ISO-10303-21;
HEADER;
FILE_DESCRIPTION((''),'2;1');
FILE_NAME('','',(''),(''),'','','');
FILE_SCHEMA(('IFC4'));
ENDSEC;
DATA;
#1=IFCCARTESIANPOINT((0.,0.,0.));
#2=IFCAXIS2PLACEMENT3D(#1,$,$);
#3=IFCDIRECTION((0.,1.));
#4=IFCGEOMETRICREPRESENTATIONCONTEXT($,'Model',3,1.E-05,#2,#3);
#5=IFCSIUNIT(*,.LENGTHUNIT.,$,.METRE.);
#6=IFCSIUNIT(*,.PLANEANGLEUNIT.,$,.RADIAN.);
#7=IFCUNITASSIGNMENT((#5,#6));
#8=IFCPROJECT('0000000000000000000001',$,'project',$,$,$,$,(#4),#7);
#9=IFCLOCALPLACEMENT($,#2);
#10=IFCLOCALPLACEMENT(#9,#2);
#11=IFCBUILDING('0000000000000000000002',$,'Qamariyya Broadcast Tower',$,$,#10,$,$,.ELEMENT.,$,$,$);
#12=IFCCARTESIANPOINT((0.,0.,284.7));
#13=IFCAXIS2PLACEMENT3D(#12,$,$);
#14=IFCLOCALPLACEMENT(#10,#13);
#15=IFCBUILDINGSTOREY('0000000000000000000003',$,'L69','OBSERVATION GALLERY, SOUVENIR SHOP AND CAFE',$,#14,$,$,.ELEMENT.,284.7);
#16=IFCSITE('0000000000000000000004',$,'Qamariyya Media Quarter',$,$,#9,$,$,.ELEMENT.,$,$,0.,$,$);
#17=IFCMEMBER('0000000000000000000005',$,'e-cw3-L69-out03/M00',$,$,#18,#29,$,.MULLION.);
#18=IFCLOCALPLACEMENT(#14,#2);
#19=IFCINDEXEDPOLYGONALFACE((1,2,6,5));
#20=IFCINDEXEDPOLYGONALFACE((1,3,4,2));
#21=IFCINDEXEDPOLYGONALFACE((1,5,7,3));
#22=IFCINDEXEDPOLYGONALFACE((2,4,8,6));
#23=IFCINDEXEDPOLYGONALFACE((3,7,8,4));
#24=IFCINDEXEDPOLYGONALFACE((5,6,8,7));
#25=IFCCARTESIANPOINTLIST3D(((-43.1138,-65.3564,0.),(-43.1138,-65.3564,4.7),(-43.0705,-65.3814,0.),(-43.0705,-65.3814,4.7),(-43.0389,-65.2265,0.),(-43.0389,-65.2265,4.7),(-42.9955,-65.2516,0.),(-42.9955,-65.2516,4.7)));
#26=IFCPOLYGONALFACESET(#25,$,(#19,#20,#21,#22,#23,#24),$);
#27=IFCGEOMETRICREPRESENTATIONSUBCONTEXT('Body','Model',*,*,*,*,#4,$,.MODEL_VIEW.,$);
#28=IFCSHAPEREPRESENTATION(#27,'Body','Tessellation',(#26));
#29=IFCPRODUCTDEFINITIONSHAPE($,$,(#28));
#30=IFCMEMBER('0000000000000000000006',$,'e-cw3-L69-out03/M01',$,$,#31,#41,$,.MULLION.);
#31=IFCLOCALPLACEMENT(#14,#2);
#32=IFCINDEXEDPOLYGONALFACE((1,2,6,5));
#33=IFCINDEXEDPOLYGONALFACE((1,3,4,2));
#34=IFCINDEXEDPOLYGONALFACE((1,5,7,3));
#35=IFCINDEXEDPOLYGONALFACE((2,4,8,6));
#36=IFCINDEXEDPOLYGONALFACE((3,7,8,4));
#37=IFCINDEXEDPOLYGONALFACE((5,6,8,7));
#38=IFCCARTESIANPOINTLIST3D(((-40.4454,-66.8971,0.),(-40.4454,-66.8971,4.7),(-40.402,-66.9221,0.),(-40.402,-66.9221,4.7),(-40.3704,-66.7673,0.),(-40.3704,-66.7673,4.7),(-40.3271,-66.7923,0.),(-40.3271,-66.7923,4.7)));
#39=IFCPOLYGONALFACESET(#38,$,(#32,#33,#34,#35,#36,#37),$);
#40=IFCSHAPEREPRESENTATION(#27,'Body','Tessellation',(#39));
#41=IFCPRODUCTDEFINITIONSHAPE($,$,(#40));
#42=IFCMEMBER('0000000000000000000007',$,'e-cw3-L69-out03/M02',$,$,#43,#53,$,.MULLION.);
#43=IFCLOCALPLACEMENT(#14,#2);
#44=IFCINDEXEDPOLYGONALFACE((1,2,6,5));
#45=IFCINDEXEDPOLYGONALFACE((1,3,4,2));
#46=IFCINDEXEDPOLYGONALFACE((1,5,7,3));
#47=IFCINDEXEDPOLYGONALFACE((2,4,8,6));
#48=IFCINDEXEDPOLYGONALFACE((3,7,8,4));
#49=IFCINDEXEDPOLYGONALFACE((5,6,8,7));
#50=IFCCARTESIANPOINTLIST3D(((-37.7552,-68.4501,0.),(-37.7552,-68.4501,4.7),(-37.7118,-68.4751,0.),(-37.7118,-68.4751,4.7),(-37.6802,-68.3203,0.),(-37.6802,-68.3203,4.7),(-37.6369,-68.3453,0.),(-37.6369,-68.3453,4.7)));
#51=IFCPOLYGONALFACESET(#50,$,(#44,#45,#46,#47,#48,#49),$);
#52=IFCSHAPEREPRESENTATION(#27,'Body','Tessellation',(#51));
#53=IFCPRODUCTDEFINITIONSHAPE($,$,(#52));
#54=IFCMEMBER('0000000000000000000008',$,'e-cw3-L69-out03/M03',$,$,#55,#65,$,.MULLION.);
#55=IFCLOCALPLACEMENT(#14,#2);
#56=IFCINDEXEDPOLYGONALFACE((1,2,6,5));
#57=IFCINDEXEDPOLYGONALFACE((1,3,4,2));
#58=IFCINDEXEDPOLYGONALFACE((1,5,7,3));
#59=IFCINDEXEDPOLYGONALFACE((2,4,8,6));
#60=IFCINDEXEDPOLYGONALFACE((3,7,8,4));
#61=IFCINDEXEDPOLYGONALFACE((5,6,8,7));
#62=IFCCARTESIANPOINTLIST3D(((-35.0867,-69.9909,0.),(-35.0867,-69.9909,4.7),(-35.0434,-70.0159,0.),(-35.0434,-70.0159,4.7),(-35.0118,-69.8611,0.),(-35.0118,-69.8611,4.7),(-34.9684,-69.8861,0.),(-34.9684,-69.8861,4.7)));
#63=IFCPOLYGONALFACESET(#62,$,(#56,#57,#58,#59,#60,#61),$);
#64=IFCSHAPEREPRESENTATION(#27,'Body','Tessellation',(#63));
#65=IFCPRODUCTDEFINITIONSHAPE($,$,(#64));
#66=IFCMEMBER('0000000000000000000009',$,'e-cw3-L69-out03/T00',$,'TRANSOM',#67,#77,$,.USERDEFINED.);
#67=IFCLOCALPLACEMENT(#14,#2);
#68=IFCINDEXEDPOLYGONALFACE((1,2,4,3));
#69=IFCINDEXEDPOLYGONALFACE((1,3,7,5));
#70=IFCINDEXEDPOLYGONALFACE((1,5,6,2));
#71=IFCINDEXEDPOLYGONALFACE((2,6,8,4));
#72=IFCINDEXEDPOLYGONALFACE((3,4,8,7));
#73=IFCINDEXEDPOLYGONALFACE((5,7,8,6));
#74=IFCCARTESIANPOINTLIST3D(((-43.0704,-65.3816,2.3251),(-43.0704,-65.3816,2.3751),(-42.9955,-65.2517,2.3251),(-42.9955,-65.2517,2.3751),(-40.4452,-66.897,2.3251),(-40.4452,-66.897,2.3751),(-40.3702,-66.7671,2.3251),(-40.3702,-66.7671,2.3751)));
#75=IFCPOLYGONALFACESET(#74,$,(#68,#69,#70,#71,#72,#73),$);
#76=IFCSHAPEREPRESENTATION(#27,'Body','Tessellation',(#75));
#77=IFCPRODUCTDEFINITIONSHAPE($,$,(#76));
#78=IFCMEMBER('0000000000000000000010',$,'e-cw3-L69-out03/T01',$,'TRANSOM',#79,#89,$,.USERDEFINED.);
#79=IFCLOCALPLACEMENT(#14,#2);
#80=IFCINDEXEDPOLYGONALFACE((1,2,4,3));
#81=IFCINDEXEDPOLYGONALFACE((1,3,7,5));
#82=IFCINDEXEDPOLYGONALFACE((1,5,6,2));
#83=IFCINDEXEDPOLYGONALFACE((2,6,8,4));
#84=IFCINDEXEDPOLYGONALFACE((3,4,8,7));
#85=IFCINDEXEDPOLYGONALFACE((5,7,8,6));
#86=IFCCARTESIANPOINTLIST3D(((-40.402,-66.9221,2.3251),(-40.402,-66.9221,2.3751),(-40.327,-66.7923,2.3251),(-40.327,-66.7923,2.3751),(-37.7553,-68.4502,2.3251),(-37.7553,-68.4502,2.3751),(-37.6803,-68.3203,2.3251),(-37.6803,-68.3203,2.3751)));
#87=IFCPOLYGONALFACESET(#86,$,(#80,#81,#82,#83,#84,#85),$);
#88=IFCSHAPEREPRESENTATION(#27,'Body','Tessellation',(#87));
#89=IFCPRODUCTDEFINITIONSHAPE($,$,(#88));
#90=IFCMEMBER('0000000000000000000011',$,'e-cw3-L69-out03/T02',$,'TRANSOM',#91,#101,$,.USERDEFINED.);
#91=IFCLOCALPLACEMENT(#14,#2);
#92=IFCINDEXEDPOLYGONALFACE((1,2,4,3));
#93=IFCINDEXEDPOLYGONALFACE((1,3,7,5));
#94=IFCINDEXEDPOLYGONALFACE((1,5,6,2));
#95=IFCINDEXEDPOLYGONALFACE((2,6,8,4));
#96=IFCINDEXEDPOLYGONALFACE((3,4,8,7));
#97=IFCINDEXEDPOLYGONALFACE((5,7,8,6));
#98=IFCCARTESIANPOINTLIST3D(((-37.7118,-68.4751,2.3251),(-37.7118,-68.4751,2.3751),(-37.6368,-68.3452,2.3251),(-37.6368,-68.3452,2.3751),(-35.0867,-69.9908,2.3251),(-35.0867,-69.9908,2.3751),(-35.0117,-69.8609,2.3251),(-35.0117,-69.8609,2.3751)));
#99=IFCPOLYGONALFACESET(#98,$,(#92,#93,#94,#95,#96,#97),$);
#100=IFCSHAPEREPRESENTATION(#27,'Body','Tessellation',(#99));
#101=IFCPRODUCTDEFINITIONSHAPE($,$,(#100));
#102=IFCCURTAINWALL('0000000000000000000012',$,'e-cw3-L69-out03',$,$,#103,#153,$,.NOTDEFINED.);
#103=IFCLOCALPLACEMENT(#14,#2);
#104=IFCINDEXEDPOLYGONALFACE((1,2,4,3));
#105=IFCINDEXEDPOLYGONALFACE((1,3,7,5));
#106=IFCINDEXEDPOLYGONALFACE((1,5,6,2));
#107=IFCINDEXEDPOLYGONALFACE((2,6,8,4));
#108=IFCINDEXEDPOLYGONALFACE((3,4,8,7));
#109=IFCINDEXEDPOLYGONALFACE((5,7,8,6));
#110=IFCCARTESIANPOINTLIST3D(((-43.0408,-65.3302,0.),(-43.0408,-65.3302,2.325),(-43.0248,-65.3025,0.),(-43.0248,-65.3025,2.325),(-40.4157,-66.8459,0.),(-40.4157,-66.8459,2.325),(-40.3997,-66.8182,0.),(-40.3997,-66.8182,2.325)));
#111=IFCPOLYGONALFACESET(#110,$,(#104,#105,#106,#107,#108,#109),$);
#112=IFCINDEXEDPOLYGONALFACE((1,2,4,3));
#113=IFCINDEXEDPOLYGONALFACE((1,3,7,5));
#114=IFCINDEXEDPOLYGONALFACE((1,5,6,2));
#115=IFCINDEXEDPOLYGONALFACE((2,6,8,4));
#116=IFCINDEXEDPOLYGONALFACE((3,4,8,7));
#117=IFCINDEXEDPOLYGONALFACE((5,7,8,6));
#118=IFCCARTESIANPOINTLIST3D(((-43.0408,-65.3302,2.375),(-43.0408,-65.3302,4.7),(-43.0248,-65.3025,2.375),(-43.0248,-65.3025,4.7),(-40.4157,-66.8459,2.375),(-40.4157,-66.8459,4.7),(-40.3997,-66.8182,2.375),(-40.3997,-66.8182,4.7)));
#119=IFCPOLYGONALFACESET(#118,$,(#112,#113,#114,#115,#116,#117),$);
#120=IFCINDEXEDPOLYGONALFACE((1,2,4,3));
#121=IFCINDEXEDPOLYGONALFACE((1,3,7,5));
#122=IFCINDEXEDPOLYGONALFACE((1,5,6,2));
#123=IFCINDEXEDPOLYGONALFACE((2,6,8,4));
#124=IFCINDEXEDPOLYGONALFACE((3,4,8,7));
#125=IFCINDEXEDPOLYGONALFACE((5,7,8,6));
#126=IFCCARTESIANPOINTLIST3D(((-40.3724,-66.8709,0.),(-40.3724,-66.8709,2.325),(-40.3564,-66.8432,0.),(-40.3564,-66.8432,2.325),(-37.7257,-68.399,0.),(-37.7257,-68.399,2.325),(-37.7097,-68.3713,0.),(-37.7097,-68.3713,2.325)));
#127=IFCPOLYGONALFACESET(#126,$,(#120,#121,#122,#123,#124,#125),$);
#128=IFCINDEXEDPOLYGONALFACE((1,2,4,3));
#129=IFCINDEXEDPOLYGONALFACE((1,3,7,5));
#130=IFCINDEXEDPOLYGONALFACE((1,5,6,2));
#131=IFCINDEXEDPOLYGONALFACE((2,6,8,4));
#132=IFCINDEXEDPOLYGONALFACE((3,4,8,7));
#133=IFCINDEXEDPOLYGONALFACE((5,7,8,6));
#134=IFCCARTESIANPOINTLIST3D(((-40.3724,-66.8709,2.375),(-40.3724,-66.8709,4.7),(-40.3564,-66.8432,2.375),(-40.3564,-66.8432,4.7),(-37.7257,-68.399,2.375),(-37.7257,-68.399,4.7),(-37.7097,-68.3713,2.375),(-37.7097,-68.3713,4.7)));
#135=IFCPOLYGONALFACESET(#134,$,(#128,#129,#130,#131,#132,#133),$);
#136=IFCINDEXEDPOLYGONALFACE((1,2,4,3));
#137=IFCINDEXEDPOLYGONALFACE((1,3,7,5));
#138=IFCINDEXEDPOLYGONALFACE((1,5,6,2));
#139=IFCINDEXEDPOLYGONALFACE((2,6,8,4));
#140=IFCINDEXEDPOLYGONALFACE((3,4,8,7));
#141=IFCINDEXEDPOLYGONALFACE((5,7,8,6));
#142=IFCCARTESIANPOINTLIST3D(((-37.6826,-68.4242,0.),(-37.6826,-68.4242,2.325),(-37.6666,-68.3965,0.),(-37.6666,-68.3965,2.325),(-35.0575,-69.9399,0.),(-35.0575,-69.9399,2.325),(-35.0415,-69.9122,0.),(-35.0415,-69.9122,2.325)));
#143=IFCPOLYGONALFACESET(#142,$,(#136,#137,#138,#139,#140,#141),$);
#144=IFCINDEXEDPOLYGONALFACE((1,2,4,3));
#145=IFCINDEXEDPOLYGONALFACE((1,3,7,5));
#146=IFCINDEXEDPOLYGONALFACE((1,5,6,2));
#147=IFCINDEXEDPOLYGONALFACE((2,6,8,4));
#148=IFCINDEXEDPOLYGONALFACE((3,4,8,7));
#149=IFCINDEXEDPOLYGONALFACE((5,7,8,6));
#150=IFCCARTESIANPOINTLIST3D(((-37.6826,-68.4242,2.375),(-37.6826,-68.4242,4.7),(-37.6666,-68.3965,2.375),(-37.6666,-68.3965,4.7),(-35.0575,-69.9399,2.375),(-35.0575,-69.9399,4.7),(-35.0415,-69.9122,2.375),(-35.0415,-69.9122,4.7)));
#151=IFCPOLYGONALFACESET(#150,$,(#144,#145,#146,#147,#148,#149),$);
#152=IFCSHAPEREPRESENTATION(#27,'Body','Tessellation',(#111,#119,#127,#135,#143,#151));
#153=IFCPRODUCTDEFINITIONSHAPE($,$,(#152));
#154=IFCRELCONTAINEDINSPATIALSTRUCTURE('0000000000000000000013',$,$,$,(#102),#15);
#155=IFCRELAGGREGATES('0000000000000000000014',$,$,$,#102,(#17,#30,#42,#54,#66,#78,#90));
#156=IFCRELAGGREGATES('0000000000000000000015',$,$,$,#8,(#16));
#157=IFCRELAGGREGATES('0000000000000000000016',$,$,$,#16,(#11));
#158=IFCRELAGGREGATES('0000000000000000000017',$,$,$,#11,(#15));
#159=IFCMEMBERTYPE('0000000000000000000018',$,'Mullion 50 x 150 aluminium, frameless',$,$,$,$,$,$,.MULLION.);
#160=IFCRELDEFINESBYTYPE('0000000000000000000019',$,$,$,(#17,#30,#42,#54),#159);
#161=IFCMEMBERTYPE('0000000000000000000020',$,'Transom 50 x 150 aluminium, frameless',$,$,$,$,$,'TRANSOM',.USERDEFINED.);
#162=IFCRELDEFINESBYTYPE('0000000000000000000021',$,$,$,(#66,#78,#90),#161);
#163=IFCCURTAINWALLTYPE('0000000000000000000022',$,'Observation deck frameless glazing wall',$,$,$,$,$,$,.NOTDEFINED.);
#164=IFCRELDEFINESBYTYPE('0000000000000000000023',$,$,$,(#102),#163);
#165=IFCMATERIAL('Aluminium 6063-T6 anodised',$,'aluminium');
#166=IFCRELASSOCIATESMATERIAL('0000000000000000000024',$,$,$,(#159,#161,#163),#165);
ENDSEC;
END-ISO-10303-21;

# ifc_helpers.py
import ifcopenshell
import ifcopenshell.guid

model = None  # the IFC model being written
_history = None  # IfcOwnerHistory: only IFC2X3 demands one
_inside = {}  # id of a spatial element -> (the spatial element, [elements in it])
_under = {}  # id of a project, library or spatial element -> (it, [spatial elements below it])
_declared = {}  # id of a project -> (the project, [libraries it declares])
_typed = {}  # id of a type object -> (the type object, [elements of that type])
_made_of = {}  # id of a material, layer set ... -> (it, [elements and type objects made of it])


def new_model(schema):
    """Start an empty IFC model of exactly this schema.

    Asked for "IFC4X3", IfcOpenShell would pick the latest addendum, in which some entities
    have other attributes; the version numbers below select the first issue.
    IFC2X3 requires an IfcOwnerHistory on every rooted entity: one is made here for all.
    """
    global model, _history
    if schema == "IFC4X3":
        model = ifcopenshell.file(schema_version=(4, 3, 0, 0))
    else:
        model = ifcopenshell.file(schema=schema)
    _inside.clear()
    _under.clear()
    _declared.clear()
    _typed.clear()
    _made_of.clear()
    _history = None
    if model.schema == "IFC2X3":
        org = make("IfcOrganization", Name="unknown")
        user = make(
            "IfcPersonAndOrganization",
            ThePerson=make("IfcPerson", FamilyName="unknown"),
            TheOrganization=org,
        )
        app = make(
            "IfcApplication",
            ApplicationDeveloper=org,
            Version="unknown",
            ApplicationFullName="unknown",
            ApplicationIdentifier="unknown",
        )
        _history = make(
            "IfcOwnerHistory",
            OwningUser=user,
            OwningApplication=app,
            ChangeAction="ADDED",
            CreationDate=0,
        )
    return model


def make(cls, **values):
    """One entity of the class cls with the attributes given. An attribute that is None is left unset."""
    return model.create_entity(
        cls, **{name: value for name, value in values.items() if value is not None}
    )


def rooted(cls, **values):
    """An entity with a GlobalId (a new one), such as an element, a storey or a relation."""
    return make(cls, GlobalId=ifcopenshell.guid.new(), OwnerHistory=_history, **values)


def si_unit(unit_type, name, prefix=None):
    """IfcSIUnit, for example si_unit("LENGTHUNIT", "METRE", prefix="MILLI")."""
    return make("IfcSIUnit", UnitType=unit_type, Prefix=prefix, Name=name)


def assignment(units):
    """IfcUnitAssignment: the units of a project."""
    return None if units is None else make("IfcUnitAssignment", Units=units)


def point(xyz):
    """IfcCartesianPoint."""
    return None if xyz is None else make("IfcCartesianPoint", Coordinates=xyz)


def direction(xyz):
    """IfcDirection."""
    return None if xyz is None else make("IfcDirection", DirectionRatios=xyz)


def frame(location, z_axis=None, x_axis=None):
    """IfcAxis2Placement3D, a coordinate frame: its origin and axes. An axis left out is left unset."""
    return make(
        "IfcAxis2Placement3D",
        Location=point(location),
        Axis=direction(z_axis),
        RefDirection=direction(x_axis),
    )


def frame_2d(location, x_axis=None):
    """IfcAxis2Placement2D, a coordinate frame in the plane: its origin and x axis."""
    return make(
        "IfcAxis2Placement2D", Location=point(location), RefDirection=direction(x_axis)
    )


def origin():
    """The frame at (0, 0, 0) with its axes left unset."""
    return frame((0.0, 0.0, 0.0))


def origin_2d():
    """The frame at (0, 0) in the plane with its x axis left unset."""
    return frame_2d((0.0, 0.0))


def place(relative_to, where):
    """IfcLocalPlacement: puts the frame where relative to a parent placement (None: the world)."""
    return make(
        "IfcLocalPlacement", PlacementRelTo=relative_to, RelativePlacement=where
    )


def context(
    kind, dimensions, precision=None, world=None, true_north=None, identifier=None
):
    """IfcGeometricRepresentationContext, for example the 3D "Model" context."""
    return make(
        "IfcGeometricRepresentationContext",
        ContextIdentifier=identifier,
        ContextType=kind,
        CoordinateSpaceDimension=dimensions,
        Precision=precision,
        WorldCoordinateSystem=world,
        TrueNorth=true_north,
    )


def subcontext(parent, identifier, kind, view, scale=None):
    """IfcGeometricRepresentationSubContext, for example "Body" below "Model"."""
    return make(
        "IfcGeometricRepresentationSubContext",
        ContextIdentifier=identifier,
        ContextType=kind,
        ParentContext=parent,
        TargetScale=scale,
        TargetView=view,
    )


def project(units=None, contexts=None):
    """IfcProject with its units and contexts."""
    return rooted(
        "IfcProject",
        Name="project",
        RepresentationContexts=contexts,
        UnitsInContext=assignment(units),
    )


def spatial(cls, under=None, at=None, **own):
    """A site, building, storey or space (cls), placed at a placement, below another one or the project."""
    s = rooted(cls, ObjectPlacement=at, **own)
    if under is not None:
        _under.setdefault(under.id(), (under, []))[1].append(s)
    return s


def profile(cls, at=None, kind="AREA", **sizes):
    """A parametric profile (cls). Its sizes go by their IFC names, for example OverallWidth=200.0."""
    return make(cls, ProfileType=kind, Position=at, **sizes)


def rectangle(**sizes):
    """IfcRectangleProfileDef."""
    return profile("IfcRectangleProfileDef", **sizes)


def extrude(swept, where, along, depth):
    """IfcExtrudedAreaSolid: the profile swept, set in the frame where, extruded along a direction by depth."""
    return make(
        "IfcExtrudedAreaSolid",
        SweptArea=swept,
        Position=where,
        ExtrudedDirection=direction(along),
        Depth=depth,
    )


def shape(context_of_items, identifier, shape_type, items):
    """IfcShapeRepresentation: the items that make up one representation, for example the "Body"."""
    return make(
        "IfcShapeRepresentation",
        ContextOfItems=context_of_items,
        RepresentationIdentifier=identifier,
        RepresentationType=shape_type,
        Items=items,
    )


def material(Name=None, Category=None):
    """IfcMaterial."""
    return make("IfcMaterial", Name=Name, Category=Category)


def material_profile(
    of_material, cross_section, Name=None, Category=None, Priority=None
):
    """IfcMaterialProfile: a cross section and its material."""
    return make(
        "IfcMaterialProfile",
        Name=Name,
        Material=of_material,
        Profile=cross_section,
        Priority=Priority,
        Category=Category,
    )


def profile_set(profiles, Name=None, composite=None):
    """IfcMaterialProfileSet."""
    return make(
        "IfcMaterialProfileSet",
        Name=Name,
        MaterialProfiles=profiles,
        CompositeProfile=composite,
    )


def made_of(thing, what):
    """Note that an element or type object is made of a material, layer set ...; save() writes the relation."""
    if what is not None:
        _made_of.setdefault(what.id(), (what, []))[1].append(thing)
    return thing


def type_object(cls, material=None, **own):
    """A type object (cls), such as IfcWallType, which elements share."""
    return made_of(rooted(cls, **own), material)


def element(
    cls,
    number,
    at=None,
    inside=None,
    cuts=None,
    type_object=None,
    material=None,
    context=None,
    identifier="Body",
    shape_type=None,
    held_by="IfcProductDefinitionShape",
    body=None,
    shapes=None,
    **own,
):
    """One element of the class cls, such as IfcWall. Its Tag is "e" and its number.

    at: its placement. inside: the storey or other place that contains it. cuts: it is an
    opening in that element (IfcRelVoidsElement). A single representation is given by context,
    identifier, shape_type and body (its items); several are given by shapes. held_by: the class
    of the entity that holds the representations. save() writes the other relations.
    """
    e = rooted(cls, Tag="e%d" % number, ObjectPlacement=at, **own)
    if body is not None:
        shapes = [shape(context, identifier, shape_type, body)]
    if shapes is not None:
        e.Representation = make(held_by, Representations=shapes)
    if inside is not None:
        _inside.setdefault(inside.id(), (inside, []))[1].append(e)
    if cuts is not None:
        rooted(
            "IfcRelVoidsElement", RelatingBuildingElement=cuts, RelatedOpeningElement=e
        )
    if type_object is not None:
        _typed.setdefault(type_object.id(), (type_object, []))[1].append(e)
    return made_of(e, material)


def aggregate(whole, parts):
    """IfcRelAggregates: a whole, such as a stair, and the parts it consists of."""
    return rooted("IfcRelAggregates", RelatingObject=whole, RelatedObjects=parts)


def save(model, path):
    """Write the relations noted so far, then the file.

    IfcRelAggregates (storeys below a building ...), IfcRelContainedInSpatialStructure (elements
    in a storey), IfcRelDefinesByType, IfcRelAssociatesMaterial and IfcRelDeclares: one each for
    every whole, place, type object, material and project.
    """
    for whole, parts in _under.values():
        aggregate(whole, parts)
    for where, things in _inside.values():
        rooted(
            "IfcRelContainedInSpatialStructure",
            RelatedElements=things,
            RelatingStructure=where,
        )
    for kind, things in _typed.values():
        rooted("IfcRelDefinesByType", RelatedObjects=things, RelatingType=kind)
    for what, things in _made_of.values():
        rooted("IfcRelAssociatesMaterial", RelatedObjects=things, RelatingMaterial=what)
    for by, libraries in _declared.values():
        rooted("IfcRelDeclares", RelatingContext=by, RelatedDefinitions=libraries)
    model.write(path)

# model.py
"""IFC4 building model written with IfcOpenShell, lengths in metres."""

from ifc_helpers import new_model, si_unit, direction, frame, origin, origin_2d, place, context, subcontext, project, spatial, rectangle, extrude, material, material_profile, profile_set, type_object, element, aggregate, save


model = new_model("IFC4")

# Units and contexts
model_context = context("Model", 3, precision=1e-05, world=origin(), true_north=direction((0.0, 1.0)))
body_context = subcontext(model_context, "Body", "Model", "MODEL_VIEW")
ifc_project = project(units=[si_unit("LENGTHUNIT", "METRE"), si_unit("PLANEANGLEUNIT", "RADIAN")], contexts=[model_context])

# Members
ifc_material = material(Name="Aluminium 6063-T6 anodised", Category="aluminium")
ifc_material_profile_1 = material_profile(ifc_material, rectangle(XDim=0.1499, YDim=0.05, at=origin_2d()))
ifc_profile_set_1 = profile_set([ifc_material_profile_1], Name="Aluminium 6063-T6 anodised")
member_type_1 = type_object("IfcMemberType", Name="Mullion 50 x 150 aluminium, frameless", PredefinedType="MULLION", material=ifc_profile_set_1)
site_placement = place(None, origin())
building_placement = place(site_placement, origin())
storey_placement = place(building_placement, frame((0.0, 0.0, 284.7)))
member_1_placement = place(storey_placement, frame((-43.0547, -65.304, 0.0), z_axis=(0.0, 0.0, 1.0), x_axis=(0.5, 0.866025, 0.0)))
member_1 = element("IfcMember", 1, at=member_1_placement, type_object=member_type_1, Name="e-cw3-L69-out03/M00", PredefinedType="MULLION", context=body_context, shape_type="SweptSolid", body=[
    extrude(rectangle(XDim=0.1499, YDim=0.05, at=origin_2d()), origin(), (0.0, 0.0, 1.0), 4.7),
])
member_2_placement = place(storey_placement, frame((-40.3862, -66.8447, 0.0), z_axis=(0.0, 0.0, 1.0), x_axis=(0.5, 0.866025, 0.0)))
member_2 = element("IfcMember", 2, at=member_2_placement, type_object=member_type_1, Name="e-cw3-L69-out03/M01", PredefinedType="MULLION", context=body_context, shape_type="SweptSolid", body=[
    extrude(rectangle(XDim=0.1499, YDim=0.05, at=origin_2d()), origin(), (0.0, 0.0, 1.0), 4.7),
])
member_3_placement = place(storey_placement, frame((-37.696, -68.3977, 0.0), z_axis=(0.0, 0.0, 1.0), x_axis=(0.5, 0.866025, 0.0)))
member_3 = element("IfcMember", 3, at=member_3_placement, type_object=member_type_1, Name="e-cw3-L69-out03/M02", PredefinedType="MULLION", context=body_context, shape_type="SweptSolid", body=[
    extrude(rectangle(XDim=0.1499, YDim=0.05, at=origin_2d()), origin(), (0.0, 0.0, 1.0), 4.7),
])
member_4_placement = place(storey_placement, frame((-35.0276, -69.9385, 0.0), z_axis=(0.0, 0.0, 1.0), x_axis=(0.5, 0.866025, 0.0)))
member_4 = element("IfcMember", 4, at=member_4_placement, type_object=member_type_1, Name="e-cw3-L69-out03/M03", PredefinedType="MULLION", context=body_context, shape_type="SweptSolid", body=[
    extrude(rectangle(XDim=0.1499, YDim=0.05, at=origin_2d()), origin(), (0.0, 0.0, 1.0), 4.7),
])
ifc_material_profile_2 = material_profile(ifc_material, rectangle(XDim=0.1499, YDim=0.05, at=origin_2d()))
ifc_profile_set_2 = profile_set([ifc_material_profile_2], Name="Aluminium 6063-T6 anodised")
member_type_2 = type_object("IfcMemberType", Name="Transom 50 x 150 aluminium, frameless", ElementType="TRANSOM", PredefinedType="USERDEFINED", material=ifc_profile_set_2)
member_5_placement = place(storey_placement, frame((-43.033, -65.3167, 2.3501), z_axis=(0.866069, -0.499925, 0.0), x_axis=(0.499925, 0.866069, 0.0)))
member_5 = element("IfcMember", 5, at=member_5_placement, type_object=member_type_2, Name="e-cw3-L69-out03/T00", ObjectType="TRANSOM", PredefinedType="USERDEFINED", context=body_context, shape_type="SweptSolid", body=[
    extrude(rectangle(XDim=0.1499, YDim=0.05, at=origin_2d()), origin(), (0.0, 0.0, 1.0), 3.0312),
])
member_6_placement = place(storey_placement, frame((-40.3645, -66.8572, 2.3501), z_axis=(0.866027, -0.499997, 0.0), x_axis=(0.499997, 0.866027, 0.0)))
member_6 = element("IfcMember", 6, at=member_6_placement, type_object=member_type_2, Name="e-cw3-L69-out03/T01", ObjectType="TRANSOM", PredefinedType="USERDEFINED", context=body_context, shape_type="SweptSolid", body=[
    extrude(rectangle(XDim=0.1499, YDim=0.05, at=origin_2d()), origin(), (0.0, 0.0, 1.0), 3.0562),
])
member_7_placement = place(storey_placement, frame((-37.6743, -68.4102, 2.3501), z_axis=(0.866014, -0.50002, 0.0), x_axis=(0.50002, 0.866014, 0.0)))
member_7 = element("IfcMember", 7, at=member_7_placement, type_object=member_type_2, Name="e-cw3-L69-out03/T02", ObjectType="TRANSOM", PredefinedType="USERDEFINED", context=body_context, shape_type="SweptSolid", body=[
    extrude(rectangle(XDim=0.1499, YDim=0.05, at=origin_2d()), origin(), (0.0, 0.0, 1.0), 3.0312),
])

# Site, building, storey
site = spatial("IfcSite", under=ifc_project, at=site_placement, Name="Qamariyya Media Quarter", CompositionType="ELEMENT", RefElevation=0.0)
building = spatial("IfcBuilding", under=site, at=building_placement, Name="Qamariyya Broadcast Tower", CompositionType="ELEMENT")
storey = spatial("IfcBuildingStorey", under=building, at=storey_placement, Name="L69", Description="OBSERVATION GALLERY, SOUVENIR SHOP AND CAFE", CompositionType="ELEMENT", Elevation=284.7)

# Curtain wall
curtain_wall_type = type_object("IfcCurtainWallType", Name="Observation deck frameless glazing wall", PredefinedType="NOTDEFINED", material=ifc_material)
curtain_wall_1_placement = place(storey_placement, origin())
curtain_wall_1 = element("IfcCurtainWall", 8, at=curtain_wall_1_placement, inside=storey, type_object=curtain_wall_type, Name="e-cw3-L69-out03", PredefinedType="NOTDEFINED", context=body_context, shape_type="SweptSolid", body=[
    extrude(rectangle(XDim=3.0312, YDim=0.032, at=origin_2d()), frame((-41.7202, -66.0742, 0.0), x_axis=(0.866018, -0.500013, 0.0)), (0.0, 0.0, 1.0), 2.325),
    extrude(rectangle(XDim=3.0312, YDim=0.032, at=origin_2d()), frame((-41.7202, -66.0742, 2.375), x_axis=(0.866018, -0.500013, 0.0)), (0.0, 0.0, 1.0), 2.325),
    extrude(rectangle(XDim=3.0562, YDim=0.032, at=origin_2d()), frame((-39.041, -67.6211, 0.0), x_axis=(0.866018, -0.500013, 0.0)), (0.0, 0.0, 1.0), 2.325),
    extrude(rectangle(XDim=3.0562, YDim=0.032, at=origin_2d()), frame((-39.041, -67.6211, 2.375), x_axis=(0.866018, -0.500013, 0.0)), (0.0, 0.0, 1.0), 2.325),
    extrude(rectangle(XDim=3.0312, YDim=0.032, at=origin_2d()), frame((-36.3621, -69.1682, 0.0), x_axis=(0.866018, -0.500013, 0.0)), (0.0, 0.0, 1.0), 2.325),
    extrude(rectangle(XDim=3.0312, YDim=0.032, at=origin_2d()), frame((-36.3621, -69.1682, 2.375), x_axis=(0.866018, -0.500013, 0.0)), (0.0, 0.0, 1.0), 2.325),
])
aggregate(curtain_wall_1, [member_1, member_2, member_3, member_4, member_5, member_6, member_7])

save(model, "model.ifc")
